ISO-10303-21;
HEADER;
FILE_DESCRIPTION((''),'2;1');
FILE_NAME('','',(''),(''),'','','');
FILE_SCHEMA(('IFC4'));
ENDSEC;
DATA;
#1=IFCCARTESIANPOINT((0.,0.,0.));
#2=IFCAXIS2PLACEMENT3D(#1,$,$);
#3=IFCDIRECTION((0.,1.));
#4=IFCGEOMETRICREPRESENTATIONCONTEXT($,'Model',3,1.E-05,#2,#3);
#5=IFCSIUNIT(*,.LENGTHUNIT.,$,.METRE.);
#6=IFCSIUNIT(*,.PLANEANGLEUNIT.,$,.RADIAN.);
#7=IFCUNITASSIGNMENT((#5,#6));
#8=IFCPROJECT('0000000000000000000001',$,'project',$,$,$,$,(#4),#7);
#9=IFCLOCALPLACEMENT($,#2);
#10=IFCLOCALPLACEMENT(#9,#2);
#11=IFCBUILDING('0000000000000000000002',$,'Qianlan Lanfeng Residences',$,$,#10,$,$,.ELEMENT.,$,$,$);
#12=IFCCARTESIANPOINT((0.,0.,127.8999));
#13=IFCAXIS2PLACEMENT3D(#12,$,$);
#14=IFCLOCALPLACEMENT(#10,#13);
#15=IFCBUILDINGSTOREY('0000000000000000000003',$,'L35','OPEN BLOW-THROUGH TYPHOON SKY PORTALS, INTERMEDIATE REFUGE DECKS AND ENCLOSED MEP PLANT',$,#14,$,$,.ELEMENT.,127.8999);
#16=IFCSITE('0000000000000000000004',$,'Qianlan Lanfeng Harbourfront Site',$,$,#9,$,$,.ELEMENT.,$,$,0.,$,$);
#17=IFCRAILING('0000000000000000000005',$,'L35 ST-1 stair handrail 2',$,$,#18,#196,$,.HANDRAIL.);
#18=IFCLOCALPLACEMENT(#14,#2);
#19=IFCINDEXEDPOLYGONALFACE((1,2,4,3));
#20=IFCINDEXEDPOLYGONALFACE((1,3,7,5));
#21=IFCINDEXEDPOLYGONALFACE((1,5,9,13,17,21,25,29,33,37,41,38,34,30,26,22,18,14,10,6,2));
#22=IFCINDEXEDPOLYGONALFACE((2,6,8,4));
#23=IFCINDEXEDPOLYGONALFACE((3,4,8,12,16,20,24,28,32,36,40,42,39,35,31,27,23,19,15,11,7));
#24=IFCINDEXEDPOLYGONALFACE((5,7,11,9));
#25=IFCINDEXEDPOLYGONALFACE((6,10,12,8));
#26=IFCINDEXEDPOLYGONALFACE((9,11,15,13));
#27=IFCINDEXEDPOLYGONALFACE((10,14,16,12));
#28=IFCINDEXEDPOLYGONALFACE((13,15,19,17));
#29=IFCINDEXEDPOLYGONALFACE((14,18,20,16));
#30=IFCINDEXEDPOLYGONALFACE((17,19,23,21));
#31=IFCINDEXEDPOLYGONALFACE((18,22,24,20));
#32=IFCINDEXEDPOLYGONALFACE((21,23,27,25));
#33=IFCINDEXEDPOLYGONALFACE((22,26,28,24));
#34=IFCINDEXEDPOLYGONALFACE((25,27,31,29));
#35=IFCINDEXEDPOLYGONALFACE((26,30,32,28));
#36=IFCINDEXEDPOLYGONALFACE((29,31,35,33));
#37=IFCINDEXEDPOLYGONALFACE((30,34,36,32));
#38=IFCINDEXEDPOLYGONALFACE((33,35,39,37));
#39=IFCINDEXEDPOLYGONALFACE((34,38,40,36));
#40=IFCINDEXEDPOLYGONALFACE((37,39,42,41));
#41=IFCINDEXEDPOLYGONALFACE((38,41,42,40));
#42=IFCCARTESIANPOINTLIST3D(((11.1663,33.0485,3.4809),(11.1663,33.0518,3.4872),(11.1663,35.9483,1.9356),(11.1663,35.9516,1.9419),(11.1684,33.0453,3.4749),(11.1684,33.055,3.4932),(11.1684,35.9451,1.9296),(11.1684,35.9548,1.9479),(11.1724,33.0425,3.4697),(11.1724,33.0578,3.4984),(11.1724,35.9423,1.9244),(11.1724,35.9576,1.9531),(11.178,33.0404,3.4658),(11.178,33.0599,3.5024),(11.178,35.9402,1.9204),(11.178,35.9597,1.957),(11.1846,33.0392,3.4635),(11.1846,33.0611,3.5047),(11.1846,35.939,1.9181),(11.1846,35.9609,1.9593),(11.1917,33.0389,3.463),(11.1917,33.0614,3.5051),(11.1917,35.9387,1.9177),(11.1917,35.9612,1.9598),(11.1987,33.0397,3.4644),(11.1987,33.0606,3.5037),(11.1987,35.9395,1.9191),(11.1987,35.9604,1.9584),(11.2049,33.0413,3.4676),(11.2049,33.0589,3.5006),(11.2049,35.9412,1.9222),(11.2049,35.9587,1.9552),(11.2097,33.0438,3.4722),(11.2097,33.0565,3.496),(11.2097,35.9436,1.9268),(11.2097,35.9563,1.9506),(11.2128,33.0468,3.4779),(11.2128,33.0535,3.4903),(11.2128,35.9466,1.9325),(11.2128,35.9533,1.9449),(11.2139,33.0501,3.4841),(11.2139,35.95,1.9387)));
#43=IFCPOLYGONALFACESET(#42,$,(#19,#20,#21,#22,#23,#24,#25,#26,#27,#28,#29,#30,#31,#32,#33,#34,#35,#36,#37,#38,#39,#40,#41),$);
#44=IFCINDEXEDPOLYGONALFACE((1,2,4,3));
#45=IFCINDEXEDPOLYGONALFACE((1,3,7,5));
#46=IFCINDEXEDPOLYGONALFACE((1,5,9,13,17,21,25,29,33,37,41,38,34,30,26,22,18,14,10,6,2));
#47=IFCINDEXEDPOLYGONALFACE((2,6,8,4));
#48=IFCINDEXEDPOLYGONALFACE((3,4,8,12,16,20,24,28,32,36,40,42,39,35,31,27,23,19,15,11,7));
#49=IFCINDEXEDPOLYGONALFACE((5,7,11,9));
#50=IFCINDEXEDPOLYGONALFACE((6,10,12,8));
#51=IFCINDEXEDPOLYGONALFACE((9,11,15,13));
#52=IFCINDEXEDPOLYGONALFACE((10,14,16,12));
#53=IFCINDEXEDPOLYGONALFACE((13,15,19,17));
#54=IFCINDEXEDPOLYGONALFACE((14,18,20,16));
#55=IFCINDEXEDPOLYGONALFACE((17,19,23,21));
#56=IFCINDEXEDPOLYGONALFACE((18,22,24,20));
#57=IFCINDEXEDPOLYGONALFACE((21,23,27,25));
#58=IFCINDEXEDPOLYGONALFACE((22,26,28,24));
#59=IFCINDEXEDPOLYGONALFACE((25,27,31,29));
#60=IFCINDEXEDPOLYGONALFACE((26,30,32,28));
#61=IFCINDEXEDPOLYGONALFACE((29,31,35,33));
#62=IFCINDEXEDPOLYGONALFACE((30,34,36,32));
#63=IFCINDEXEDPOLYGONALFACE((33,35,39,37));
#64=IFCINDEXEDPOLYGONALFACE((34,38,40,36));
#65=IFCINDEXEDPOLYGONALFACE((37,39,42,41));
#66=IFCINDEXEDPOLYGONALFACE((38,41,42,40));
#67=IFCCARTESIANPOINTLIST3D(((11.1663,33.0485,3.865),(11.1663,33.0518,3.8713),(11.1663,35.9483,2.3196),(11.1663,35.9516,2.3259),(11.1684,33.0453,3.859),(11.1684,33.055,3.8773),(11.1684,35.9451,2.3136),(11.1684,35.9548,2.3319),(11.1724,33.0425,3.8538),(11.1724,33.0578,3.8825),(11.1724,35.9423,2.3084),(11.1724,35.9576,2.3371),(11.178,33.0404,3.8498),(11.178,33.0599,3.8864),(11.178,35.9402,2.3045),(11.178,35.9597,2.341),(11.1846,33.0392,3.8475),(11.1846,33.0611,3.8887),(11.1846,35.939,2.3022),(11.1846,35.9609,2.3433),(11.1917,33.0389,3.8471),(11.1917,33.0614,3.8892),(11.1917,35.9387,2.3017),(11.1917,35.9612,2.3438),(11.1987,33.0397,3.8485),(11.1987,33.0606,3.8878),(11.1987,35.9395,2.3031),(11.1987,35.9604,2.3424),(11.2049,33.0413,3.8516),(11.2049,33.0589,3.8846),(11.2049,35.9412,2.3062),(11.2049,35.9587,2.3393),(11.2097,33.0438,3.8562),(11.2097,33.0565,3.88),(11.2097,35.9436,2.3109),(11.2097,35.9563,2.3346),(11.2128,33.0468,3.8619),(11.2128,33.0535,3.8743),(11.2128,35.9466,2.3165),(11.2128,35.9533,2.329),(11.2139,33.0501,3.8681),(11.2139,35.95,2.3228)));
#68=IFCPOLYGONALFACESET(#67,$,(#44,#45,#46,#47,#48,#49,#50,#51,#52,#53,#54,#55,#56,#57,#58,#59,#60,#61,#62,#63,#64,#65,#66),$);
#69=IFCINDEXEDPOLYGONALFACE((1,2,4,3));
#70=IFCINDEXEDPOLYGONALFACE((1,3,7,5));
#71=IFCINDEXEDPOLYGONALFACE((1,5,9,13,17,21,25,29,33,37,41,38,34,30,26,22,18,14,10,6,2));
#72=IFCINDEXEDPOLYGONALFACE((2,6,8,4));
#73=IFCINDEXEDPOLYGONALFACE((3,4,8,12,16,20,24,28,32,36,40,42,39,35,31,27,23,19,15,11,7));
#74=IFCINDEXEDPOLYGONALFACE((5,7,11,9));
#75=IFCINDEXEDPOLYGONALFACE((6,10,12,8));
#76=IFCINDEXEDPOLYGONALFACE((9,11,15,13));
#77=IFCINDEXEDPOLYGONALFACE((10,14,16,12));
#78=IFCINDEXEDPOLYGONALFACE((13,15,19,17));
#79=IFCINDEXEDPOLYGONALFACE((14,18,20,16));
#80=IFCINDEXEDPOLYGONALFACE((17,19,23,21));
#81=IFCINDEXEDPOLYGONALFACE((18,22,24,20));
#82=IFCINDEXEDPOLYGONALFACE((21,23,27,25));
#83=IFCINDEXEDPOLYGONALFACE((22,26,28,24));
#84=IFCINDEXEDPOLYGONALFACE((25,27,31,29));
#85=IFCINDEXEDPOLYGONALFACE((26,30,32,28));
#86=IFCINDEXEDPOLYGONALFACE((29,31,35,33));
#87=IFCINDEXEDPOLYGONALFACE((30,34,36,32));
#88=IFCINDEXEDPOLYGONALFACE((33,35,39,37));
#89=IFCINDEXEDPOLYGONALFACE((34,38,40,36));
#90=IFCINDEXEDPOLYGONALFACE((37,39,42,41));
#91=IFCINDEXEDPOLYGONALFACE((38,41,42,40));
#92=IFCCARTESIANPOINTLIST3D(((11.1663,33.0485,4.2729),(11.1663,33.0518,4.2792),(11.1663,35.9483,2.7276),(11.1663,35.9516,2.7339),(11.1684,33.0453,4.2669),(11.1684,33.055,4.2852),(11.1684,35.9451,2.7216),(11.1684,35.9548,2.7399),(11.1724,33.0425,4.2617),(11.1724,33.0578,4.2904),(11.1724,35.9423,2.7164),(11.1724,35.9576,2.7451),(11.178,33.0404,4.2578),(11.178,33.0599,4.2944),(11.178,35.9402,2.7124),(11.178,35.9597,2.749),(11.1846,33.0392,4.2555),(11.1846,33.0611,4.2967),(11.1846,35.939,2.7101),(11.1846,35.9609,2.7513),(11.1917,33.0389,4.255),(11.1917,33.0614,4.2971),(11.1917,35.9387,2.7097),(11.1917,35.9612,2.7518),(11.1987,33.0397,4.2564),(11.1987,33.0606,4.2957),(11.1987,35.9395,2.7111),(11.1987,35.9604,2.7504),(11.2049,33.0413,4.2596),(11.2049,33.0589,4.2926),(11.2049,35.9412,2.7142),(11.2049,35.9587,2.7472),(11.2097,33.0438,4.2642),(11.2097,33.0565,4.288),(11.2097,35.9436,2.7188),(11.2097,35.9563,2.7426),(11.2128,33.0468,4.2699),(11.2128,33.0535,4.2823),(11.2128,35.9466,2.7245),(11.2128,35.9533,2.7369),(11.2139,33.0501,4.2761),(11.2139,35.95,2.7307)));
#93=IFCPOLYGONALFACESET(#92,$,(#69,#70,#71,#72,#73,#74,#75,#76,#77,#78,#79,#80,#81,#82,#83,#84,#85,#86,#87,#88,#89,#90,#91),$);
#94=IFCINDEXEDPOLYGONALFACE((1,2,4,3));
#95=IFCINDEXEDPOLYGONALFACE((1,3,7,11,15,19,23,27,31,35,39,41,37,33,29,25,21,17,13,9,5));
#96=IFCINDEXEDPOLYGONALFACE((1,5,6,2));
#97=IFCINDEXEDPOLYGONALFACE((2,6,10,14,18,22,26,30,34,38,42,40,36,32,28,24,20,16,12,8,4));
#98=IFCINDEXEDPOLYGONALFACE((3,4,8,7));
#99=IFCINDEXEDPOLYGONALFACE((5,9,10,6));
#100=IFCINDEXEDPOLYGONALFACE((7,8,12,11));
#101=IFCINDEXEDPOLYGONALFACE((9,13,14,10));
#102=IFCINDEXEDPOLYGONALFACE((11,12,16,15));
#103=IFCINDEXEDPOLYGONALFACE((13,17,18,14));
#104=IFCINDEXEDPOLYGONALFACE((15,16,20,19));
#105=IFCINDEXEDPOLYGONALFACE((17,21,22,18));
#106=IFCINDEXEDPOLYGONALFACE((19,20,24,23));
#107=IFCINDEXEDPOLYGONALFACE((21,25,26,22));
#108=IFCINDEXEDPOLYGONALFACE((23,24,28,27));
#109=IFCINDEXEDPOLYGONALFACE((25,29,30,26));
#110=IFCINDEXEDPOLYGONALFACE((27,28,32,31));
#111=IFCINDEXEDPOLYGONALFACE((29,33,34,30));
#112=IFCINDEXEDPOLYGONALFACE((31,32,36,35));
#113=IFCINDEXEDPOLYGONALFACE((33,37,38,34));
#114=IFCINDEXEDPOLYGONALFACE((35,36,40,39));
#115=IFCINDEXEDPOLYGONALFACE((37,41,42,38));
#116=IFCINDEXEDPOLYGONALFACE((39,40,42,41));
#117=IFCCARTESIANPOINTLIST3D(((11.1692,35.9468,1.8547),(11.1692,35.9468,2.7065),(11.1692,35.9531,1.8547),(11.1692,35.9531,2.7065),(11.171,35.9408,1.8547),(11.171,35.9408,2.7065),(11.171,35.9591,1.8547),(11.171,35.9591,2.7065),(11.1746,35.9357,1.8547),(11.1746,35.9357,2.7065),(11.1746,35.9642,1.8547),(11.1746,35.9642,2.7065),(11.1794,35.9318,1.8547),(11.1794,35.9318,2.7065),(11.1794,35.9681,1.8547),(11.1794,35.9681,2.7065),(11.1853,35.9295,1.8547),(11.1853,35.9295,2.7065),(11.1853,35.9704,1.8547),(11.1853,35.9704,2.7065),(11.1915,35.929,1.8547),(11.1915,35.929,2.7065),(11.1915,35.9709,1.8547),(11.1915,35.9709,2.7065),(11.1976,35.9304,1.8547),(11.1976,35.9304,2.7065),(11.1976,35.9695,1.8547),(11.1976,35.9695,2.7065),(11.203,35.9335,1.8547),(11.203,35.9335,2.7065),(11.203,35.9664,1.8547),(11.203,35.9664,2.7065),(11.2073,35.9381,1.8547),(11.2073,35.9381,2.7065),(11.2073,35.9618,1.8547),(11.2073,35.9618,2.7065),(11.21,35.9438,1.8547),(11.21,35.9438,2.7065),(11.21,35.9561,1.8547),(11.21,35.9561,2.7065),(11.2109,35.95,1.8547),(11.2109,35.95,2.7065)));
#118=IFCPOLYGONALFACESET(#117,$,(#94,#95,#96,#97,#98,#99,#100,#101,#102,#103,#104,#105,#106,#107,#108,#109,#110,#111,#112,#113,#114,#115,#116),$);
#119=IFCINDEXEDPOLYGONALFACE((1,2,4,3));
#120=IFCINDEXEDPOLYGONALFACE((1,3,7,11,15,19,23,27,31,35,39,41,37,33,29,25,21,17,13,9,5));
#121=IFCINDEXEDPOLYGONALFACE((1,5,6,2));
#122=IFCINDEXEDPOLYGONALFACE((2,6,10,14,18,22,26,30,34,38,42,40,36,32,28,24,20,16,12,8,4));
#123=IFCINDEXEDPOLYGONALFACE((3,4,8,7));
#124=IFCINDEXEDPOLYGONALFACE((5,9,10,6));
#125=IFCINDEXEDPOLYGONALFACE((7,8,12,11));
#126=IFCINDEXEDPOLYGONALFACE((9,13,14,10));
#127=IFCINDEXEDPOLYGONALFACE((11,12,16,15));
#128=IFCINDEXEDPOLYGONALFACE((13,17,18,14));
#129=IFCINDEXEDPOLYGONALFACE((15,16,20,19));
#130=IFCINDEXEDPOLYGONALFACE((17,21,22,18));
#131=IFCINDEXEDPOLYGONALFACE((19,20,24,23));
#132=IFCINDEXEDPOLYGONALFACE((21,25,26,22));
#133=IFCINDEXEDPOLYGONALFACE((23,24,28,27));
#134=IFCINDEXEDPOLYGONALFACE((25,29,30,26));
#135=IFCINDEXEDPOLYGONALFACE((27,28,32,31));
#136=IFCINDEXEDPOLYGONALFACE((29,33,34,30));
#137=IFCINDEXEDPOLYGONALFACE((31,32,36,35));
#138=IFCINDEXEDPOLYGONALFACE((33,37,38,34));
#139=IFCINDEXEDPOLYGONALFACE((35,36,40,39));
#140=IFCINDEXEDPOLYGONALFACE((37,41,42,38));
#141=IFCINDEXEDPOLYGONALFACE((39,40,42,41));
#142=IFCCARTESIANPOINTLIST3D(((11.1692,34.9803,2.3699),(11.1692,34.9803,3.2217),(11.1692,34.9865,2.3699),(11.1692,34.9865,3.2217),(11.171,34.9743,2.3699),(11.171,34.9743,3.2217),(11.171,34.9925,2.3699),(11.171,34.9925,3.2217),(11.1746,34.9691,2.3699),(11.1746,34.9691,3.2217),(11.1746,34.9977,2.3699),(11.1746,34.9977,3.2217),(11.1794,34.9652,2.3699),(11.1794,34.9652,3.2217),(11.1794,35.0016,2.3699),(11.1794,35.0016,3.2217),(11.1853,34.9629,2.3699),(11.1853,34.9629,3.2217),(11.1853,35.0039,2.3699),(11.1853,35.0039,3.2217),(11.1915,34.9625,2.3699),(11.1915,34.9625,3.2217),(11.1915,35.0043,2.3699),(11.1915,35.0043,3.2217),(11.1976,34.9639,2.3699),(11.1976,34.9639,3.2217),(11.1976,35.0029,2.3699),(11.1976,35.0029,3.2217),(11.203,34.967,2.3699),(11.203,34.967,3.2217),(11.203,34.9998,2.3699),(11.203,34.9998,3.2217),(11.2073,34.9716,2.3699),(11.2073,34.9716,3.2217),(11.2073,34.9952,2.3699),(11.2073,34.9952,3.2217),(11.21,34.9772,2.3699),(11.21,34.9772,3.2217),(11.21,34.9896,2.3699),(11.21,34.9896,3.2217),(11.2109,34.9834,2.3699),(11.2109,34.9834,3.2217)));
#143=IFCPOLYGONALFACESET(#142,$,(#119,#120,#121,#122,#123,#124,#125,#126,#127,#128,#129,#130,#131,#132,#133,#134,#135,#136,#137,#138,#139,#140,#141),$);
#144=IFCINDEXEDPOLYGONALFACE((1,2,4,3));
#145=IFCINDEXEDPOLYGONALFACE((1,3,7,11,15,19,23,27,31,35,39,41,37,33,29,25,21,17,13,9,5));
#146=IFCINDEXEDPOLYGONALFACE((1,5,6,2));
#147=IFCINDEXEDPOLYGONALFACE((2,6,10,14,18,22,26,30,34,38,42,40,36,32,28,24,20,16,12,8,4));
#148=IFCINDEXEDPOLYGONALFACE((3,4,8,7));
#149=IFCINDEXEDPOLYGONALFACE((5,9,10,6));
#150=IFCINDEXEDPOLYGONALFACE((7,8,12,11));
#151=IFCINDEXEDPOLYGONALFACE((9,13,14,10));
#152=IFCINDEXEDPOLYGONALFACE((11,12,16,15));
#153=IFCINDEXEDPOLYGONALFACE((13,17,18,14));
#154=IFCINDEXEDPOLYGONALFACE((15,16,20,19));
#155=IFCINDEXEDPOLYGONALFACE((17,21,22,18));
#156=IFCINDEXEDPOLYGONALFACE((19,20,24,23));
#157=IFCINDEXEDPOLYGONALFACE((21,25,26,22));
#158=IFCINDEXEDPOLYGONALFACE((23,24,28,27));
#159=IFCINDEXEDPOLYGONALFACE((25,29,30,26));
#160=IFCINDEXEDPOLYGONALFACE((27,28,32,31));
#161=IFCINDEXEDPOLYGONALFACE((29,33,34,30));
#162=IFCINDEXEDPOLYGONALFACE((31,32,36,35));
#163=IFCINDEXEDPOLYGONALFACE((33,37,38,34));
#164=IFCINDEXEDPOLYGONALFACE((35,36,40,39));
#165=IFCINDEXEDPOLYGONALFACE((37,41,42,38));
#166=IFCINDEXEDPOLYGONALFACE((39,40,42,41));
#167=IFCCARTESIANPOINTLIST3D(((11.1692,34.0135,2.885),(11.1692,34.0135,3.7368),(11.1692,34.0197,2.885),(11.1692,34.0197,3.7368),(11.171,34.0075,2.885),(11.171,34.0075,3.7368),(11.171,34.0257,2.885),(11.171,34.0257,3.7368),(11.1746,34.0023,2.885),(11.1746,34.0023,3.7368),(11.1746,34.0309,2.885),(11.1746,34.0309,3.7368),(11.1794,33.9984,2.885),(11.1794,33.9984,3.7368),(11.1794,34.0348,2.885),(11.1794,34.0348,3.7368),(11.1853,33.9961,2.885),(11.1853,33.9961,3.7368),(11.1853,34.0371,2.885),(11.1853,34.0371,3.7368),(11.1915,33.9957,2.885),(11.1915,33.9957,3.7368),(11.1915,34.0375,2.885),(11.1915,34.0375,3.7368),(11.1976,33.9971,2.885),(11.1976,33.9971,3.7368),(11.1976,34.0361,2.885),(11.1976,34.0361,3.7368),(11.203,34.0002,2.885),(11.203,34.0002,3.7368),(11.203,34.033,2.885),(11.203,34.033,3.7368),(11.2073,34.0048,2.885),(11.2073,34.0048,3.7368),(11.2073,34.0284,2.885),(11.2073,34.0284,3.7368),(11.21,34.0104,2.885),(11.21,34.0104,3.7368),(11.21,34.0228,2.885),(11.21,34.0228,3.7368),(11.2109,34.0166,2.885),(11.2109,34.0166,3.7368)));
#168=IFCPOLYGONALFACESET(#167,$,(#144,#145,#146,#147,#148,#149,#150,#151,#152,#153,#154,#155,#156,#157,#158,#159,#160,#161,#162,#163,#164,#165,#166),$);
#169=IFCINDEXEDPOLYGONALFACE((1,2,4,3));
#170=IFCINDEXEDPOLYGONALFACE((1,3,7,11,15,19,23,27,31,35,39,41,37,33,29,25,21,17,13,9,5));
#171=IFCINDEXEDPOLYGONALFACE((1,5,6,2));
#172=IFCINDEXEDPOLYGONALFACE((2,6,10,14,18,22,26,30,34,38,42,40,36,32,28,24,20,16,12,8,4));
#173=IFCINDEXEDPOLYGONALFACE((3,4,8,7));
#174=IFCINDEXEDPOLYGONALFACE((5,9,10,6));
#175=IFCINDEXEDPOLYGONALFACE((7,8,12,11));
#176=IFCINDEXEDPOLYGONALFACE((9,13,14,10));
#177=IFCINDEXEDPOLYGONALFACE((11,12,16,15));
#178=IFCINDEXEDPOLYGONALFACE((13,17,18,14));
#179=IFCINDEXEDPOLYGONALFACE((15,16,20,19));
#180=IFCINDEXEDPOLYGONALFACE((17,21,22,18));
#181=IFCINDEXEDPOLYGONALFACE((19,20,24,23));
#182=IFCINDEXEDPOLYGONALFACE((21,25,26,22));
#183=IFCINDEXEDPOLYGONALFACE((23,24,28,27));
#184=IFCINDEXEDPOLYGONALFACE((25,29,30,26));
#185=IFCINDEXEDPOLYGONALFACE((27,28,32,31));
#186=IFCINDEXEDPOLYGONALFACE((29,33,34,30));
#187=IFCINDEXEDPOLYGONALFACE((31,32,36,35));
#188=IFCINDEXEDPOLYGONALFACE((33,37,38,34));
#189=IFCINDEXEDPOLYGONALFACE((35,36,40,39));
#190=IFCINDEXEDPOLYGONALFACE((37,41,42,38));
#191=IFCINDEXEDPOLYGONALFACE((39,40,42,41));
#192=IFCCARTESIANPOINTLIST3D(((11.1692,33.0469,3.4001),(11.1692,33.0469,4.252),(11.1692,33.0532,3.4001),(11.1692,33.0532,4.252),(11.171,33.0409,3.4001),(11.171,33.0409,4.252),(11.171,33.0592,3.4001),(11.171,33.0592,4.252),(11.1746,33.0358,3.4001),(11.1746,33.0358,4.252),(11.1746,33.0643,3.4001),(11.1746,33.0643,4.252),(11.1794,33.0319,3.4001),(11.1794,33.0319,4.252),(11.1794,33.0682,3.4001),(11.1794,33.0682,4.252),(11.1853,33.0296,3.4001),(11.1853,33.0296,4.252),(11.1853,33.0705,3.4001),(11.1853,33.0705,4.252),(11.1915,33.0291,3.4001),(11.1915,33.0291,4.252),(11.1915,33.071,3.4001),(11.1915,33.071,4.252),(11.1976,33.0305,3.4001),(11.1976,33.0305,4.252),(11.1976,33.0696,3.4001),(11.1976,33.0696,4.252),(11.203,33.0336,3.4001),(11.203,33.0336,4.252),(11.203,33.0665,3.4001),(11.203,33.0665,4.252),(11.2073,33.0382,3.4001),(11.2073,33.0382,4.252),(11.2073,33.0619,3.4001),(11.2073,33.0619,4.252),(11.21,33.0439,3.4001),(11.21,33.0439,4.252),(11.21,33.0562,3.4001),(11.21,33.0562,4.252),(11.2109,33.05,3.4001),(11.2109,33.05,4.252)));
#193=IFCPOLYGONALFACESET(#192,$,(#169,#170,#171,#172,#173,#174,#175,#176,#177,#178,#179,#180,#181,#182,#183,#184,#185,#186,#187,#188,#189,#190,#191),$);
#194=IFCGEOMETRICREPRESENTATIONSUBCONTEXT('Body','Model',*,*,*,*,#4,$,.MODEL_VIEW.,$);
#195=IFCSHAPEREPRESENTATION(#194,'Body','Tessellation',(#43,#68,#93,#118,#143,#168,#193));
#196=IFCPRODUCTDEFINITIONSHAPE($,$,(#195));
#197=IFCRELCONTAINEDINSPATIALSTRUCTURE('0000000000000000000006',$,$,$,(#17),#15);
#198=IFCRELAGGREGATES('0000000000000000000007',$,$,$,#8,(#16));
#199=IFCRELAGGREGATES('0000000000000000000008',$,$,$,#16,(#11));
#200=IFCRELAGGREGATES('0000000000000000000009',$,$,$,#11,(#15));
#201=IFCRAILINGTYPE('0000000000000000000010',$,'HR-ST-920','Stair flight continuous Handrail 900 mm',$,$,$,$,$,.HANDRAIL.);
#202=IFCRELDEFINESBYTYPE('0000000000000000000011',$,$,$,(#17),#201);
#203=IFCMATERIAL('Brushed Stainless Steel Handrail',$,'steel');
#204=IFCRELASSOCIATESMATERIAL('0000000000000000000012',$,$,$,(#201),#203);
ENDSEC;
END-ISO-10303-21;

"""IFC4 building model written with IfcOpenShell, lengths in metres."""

from ifc_helpers import new_model, si_unit, direction, frame, origin, origin_2d, place, context, subcontext, project, spatial, circle, extrude, material, type_object, element, save


model = new_model("IFC4")

# Units and contexts
model_context = context("Model", 3, precision=1e-05, world=origin(), true_north=direction((0.0, 1.0)))
body_context = subcontext(model_context, "Body", "Model", "MODEL_VIEW")
ifc_project = project(units=[si_unit("LENGTHUNIT", "METRE"), si_unit("PLANEANGLEUNIT", "RADIAN")], contexts=[model_context])

# Site, building, storey
site_placement = place(None, origin())
site = spatial("IfcSite", under=ifc_project, at=site_placement, Name="Qianlan Lanfeng Harbourfront Site", CompositionType="ELEMENT", RefElevation=0.0)
building_placement = place(site_placement, origin())
building = spatial("IfcBuilding", under=site, at=building_placement, Name="Qianlan Lanfeng Residences", CompositionType="ELEMENT")
storey_placement = place(building_placement, frame((0.0, 0.0, 127.8999)))
storey = spatial("IfcBuildingStorey", under=building, at=storey_placement, Name="L35", Description="OPEN BLOW-THROUGH TYPHOON SKY PORTALS, INTERMEDIATE REFUGE DECKS AND ENCLOSED MEP PLANT", CompositionType="ELEMENT", Elevation=127.8999)

# Railing
ifc_material_1 = material(Name="Brushed Stainless Steel Handrail", Category="steel")
railing_type_1 = type_object("IfcRailingType", Name="HR-ST-920", Description="Stair flight continuous Handrail 900 mm", PredefinedType="HANDRAIL", material=ifc_material_1)
for number, where, name in (
    (1, (11.1899, 35.95, 1.8547), "L35 ST-1 stair handrail 2"),
):
    element("IfcRailing", number, at=place(storey_placement, frame(where)), inside=storey, type_object=railing_type_1, Name=name, PredefinedType="HANDRAIL", context=body_context, shape_type="SweptSolid", body=[
        extrude(circle(Radius=0.0239, at=origin_2d()), frame((0.0, 0.0, 0.084), z_axis=(0.0, -0.882505, 0.470303), x_axis=(1.0, 0.0, 0.0)), (0.0, 0.0, 1.0), 3.2859),
        extrude(circle(Radius=0.0239, at=origin_2d()), frame((0.0, 0.0, 0.468), z_axis=(0.0, -0.882505, 0.470303), x_axis=(1.0, 0.0, 0.0)), (0.0, 0.0, 1.0), 3.2859),
        extrude(circle(Radius=0.0239, at=origin_2d()), frame((0.0, 0.0, 0.876), z_axis=(0.0, -0.882505, 0.470303), x_axis=(1.0, 0.0, 0.0)), (0.0, 0.0, 1.0), 3.2859),
        extrude(circle(Radius=0.021, at=origin_2d()), origin(), (0.0, 0.0, 1.0), 0.8518),
        extrude(circle(Radius=0.021, at=origin_2d()), frame((0.0, -0.9666, 0.5151)), (0.0, 0.0, 1.0), 0.8518),
        extrude(circle(Radius=0.021, at=origin_2d()), frame((0.0, -1.9333, 1.0303)), (0.0, 0.0, 1.0), 0.8518),
        extrude(circle(Radius=0.021, at=origin_2d()), frame((0.0, -2.8999, 1.5454)), (0.0, 0.0, 1.0), 0.8518),
    ])

save(model, "model.ifc")
